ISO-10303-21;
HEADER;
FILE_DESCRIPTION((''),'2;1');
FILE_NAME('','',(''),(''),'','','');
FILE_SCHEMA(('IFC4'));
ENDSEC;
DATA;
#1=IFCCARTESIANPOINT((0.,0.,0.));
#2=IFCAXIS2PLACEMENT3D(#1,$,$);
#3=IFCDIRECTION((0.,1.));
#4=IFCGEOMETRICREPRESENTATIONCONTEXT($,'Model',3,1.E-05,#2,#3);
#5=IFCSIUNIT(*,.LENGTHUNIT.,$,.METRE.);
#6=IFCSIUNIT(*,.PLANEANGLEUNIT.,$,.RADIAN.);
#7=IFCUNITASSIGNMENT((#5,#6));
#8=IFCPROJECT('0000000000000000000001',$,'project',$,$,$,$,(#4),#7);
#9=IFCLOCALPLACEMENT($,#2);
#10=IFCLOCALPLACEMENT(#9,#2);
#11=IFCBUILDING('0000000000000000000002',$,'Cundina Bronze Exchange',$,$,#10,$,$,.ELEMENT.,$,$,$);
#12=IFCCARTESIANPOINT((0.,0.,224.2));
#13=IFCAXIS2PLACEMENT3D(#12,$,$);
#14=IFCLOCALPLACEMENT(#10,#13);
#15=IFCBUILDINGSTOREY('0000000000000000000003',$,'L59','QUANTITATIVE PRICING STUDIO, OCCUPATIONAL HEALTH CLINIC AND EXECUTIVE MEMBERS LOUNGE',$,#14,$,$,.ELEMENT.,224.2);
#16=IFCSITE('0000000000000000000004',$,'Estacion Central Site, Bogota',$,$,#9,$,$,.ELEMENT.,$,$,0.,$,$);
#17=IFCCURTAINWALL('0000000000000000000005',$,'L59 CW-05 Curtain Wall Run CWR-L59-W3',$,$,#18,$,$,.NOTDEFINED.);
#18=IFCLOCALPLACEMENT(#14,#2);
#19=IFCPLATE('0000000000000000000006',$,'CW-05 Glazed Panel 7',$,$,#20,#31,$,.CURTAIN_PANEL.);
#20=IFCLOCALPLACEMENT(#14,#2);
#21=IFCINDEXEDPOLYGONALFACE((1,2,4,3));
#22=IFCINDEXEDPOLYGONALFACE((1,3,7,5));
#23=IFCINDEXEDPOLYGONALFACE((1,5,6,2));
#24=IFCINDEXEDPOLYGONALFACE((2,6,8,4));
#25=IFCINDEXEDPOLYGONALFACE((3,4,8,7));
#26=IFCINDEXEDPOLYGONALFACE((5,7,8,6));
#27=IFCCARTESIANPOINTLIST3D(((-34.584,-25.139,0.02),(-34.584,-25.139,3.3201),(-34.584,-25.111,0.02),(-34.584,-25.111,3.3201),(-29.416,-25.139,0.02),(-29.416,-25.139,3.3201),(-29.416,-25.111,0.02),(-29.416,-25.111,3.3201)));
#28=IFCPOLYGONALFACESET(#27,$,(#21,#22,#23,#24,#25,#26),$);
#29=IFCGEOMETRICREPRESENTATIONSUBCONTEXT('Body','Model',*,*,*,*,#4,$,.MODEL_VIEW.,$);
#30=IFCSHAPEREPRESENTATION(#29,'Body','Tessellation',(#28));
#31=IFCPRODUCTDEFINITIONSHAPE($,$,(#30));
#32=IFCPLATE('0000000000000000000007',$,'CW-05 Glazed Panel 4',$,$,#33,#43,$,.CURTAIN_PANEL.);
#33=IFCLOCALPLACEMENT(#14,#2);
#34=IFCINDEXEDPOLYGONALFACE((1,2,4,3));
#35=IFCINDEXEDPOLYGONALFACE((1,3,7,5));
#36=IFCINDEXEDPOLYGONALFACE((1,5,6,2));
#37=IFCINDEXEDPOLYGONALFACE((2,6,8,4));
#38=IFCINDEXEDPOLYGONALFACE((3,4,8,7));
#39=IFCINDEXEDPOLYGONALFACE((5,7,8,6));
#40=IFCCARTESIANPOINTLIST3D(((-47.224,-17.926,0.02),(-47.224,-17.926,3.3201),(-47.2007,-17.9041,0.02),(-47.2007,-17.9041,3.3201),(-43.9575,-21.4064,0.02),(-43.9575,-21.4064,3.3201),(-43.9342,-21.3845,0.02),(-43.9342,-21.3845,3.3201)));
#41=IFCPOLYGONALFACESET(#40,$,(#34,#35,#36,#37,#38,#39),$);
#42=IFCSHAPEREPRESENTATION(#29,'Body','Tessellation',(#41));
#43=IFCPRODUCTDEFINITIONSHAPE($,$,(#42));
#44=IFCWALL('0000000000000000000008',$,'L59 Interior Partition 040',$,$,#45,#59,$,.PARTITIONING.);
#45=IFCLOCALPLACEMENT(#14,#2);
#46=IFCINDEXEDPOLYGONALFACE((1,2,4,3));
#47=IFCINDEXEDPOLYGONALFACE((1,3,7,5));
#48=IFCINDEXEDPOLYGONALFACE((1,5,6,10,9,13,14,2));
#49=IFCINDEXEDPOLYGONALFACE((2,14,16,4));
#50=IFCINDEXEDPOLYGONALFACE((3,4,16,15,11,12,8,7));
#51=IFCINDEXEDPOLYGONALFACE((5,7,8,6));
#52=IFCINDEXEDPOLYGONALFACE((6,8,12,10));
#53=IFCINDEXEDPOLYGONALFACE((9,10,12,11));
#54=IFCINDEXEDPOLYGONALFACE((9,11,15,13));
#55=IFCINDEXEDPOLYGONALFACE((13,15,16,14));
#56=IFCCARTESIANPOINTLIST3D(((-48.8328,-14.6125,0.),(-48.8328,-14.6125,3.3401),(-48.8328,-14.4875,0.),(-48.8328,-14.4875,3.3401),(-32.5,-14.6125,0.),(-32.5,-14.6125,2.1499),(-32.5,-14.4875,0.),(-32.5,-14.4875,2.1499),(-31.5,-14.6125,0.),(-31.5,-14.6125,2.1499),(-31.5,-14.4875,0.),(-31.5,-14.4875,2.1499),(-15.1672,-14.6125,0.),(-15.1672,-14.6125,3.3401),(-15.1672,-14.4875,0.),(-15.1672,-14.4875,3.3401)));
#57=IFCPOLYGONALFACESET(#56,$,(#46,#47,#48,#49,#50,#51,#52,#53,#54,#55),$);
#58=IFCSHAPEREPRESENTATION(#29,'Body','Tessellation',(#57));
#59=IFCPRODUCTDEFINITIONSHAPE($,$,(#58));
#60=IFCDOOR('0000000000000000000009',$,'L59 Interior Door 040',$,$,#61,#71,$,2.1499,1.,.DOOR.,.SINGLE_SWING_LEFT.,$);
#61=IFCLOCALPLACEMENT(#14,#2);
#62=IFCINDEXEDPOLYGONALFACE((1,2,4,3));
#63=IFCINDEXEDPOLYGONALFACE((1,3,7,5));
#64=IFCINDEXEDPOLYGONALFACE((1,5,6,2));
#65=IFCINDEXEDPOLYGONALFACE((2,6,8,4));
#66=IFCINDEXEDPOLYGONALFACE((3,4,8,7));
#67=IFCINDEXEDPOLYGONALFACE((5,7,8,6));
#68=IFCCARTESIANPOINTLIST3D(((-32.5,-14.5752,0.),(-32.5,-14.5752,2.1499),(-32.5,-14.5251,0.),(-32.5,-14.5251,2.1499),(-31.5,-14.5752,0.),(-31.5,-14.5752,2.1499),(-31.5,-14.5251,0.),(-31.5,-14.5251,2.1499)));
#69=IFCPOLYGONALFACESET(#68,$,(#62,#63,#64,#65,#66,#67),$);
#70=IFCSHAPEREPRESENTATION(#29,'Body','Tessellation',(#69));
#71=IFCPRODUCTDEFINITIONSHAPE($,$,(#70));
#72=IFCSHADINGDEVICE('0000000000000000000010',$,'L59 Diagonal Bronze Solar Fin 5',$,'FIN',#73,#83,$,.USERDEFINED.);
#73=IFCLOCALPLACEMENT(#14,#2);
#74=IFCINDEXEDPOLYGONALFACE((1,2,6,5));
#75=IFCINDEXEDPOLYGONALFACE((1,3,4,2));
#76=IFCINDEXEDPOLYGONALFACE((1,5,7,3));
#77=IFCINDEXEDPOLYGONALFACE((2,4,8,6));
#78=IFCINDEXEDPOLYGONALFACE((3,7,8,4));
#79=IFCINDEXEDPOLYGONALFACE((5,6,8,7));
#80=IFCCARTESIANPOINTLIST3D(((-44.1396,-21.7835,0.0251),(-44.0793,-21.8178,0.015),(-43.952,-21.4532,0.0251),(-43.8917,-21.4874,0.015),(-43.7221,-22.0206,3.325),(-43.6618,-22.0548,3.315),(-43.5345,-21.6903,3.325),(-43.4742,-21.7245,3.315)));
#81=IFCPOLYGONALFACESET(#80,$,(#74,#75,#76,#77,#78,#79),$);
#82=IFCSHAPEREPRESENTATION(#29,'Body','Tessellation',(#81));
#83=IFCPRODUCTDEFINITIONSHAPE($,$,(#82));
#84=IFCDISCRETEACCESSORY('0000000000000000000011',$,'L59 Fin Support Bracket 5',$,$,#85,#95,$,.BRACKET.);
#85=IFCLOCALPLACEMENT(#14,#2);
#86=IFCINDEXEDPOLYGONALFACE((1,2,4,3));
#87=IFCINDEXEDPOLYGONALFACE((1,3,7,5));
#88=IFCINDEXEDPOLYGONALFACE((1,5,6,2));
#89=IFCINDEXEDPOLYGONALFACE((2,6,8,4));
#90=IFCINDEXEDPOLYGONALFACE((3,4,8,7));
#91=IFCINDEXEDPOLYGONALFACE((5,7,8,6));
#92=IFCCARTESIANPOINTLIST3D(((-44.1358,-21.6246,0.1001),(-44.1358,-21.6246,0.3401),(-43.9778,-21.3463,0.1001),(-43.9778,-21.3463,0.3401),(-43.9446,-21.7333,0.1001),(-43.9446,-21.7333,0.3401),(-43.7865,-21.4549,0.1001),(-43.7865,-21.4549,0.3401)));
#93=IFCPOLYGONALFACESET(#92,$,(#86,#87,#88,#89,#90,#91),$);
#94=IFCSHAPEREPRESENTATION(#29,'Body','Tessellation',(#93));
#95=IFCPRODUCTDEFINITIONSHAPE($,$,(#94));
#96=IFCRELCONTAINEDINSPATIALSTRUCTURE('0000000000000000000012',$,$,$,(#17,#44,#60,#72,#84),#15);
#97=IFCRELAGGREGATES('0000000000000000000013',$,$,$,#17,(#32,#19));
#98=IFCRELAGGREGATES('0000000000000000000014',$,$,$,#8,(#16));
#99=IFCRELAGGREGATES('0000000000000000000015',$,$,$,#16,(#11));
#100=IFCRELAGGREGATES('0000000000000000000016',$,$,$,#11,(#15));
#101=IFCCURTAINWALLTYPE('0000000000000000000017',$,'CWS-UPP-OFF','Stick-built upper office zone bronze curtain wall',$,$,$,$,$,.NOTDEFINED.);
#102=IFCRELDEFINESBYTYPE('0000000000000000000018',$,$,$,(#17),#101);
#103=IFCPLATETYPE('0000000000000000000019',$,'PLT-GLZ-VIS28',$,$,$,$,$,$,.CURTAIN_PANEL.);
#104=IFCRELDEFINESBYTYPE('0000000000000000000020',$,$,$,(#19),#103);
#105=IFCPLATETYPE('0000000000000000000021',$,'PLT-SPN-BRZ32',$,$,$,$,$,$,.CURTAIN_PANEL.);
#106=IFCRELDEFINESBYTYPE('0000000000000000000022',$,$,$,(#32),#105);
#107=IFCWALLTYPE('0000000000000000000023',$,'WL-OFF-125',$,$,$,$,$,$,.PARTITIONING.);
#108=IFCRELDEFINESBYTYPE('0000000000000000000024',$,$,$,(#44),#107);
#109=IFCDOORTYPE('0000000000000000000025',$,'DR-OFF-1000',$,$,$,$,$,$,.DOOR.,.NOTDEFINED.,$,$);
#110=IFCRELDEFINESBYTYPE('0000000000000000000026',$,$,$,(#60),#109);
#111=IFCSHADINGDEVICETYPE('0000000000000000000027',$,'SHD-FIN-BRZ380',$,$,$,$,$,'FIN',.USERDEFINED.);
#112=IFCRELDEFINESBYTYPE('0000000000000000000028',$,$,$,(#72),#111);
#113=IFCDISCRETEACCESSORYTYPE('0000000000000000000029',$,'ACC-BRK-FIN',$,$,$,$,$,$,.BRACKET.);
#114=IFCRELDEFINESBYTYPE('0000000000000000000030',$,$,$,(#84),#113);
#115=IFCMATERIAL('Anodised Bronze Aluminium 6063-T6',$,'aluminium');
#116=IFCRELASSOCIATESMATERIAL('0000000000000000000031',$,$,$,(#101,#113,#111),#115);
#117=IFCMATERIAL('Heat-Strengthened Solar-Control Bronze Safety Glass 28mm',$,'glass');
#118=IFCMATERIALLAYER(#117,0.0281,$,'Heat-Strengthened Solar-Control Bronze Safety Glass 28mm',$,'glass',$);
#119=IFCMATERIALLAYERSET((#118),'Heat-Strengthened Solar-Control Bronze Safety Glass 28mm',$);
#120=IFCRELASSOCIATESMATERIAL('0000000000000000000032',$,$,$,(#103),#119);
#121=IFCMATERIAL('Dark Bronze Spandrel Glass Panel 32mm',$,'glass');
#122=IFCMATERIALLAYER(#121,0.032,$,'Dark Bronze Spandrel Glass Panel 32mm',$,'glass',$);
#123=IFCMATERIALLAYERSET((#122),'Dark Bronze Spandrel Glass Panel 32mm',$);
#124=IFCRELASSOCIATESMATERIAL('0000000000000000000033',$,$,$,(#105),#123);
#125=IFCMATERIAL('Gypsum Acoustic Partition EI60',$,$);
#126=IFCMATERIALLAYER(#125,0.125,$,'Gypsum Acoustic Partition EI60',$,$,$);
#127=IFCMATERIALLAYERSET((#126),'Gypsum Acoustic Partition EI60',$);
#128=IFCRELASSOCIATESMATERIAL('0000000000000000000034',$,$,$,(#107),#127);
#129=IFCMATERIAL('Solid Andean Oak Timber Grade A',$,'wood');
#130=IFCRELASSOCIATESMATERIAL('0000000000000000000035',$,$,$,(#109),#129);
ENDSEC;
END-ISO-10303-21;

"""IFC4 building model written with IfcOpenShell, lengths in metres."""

from ifc_helpers import new_model, si_unit, direction, frame, frame_2d, origin, origin_2d, place, context, subcontext, project, spatial, rectangle, extrude, material, layer, layer_set, material_profile, profile_set, type_object, element, fill, aggregate, save


model = new_model("IFC4")

# Units and contexts
model_context = context("Model", 3, precision=1e-05, world=origin(), true_north=direction((0.0, 1.0)))
body_context = subcontext(model_context, "Body", "Model", "MODEL_VIEW")
ifc_project = project(units=[si_unit("LENGTHUNIT", "METRE"), si_unit("PLANEANGLEUNIT", "RADIAN")], contexts=[model_context])

# Site, building, storey
site_placement = place(None, origin())
site = spatial("IfcSite", under=ifc_project, at=site_placement, Name="Estacion Central Site, Bogota", CompositionType="ELEMENT", RefElevation=0.0)
building_placement = place(site_placement, origin())
building = spatial("IfcBuilding", under=site, at=building_placement, Name="Cundina Bronze Exchange", CompositionType="ELEMENT")
storey_placement = place(building_placement, frame((0.0, 0.0, 224.2)))
storey = spatial("IfcBuildingStorey", under=building, at=storey_placement, Name="L59", Description="QUANTITATIVE PRICING STUDIO, OCCUPATIONAL HEALTH CLINIC AND EXECUTIVE MEMBERS LOUNGE", CompositionType="ELEMENT", Elevation=224.2)

# Curtain wall
ifc_material_1 = material(Name="Anodised Bronze Aluminium 6063-T6", Category="aluminium")
curtain_wall_type = type_object("IfcCurtainWallType", Name="CWS-UPP-OFF", Description="Stick-built upper office zone bronze curtain wall", PredefinedType="NOTDEFINED", material=ifc_material_1)
curtain_wall_1_placement = place(storey_placement, origin())
curtain_wall_1 = element("IfcCurtainWall", 1, at=curtain_wall_1_placement, inside=storey, type_object=curtain_wall_type, Name="L59 CW-05 Curtain Wall Run CWR-L59-W3", PredefinedType="NOTDEFINED")

# Plates
ifc_material_2 = material(Name="Heat-Strengthened Solar-Control Bronze Safety Glass 28mm", Category="glass")
ifc_layer_1 = layer(ifc_material_2, 0.0281, Name="Heat-Strengthened Solar-Control Bronze Safety Glass 28mm", Category="glass")
ifc_layer_set_1 = layer_set([ifc_layer_1], Name="Heat-Strengthened Solar-Control Bronze Safety Glass 28mm")
plate_type_1 = type_object("IfcPlateType", Name="PLT-GLZ-VIS28", PredefinedType="CURTAIN_PANEL", material=ifc_layer_set_1)
plate_1_placement = place(storey_placement, frame((-32.0, -25.125, 0.02), z_axis=(0.0, 0.0, 1.0), x_axis=(1.0, 0.0, 0.0)))
plate_1 = element("IfcPlate", 2, at=plate_1_placement, type_object=plate_type_1, Name="CW-05 Glazed Panel 7", PredefinedType="CURTAIN_PANEL", context=body_context, shape_type="SweptSolid", body=[
    extrude(rectangle(XDim=5.168, YDim=0.0281, at=origin_2d()), origin(), (0.0, 0.0, 1.0), 3.3),
])
ifc_material_3 = material(Name="Dark Bronze Spandrel Glass Panel 32mm", Category="glass")
ifc_layer_2 = layer(ifc_material_3, 0.032, Name="Dark Bronze Spandrel Glass Panel 32mm", Category="glass")
ifc_layer_set_2 = layer_set([ifc_layer_2], Name="Dark Bronze Spandrel Glass Panel 32mm")
plate_type_2 = type_object("IfcPlateType", Name="PLT-SPN-BRZ32", PredefinedType="CURTAIN_PANEL", material=ifc_layer_set_2)
plate_2_placement = place(storey_placement, frame((-45.5791, -19.6553, 0.02), z_axis=(0.0, 0.0, 1.0), x_axis=(0.684344, -0.72916, 0.0)))
plate_2 = element("IfcPlate", 3, at=plate_2_placement, type_object=plate_type_2, Name="CW-05 Glazed Panel 4", PredefinedType="CURTAIN_PANEL", context=body_context, shape_type="SweptSolid", body=[
    extrude(rectangle(XDim=4.7732, YDim=0.032, at=origin_2d()), origin(), (0.0, 0.0, 1.0), 3.3),
])
aggregate(curtain_wall_1, [plate_2, plate_1])

# Wall, opening, door
ifc_material_4 = material(Name="Gypsum Acoustic Partition EI60")
ifc_layer_3 = layer(ifc_material_4, 0.125, Name="Gypsum Acoustic Partition EI60")
ifc_layer_set_3 = layer_set([ifc_layer_3], Name="Gypsum Acoustic Partition EI60")
wall_type = type_object("IfcWallType", Name="WL-OFF-125", PredefinedType="PARTITIONING", material=ifc_layer_set_3)
wall_placement = place(storey_placement, frame((-48.8328, -14.55, 0.0), z_axis=(0.0, 0.0, 1.0), x_axis=(1.0, 0.0, 0.0)))
wall = element("IfcWall", 4, at=wall_placement, inside=storey, type_object=wall_type, Name="L59 Interior Partition 040", PredefinedType="PARTITIONING", context=body_context, shape_type="SweptSolid", body=[
    extrude(rectangle(XDim=33.6655, YDim=0.125, at=frame_2d((16.8328, 0.0))), origin(), (0.0, 0.0, 1.0), 3.3401),
])
opening_placement = place(wall_placement, frame((16.3328, 0.0, 0.0)))
opening = element("IfcOpeningElement", 5, at=opening_placement, cuts=wall, PredefinedType="OPENING", context=body_context, shape_type="SweptSolid", body=[
    extrude(rectangle(XDim=1.0, YDim=2.1499, at=frame_2d((0.5, 1.075))), frame((0.0, 0.0725, 0.0), z_axis=(0.0, -1.0, 0.0), x_axis=(1.0, 0.0, 0.0)), (0.0, 0.0, 1.0), 0.145),
])
ifc_material_5 = material(Name="Solid Andean Oak Timber Grade A", Category="wood")
door_type = type_object("IfcDoorType", Name="DR-OFF-1000", OperationType="NOTDEFINED", PredefinedType="DOOR", material=ifc_material_5)
door_placement = place(opening_placement, origin())
door = element("IfcDoor", 6, at=door_placement, inside=storey, type_object=door_type, Name="L59 Interior Door 040", OperationType="SINGLE_SWING_LEFT", OverallHeight=2.1499, OverallWidth=1.0, PredefinedType="DOOR", context=body_context, shape_type="SweptSolid", body=[
    extrude(rectangle(XDim=1.0, YDim=2.1499, at=frame_2d((0.5, 1.075))), frame((0.0, 0.0249, 0.0), z_axis=(0.0, -1.0, 0.0), x_axis=(1.0, 0.0, 0.0)), (0.0, 0.0, 1.0), 0.05),
])
fill(opening, door)

# Shading device
ifc_material_profile_1 = material_profile(ifc_material_1, rectangle(XDim=0.0701, YDim=0.3799, at=origin_2d()), Name="FIN70X380", Category="aluminium")
ifc_profile_set_1 = profile_set([ifc_material_profile_1], Name="Anodised Bronze Aluminium 6063-T6")
shading_device_type = type_object("IfcShadingDeviceType", Name="SHD-FIN-BRZ380", ElementType="FIN", PredefinedType="USERDEFINED", material=ifc_profile_set_1)
shading_device_placement = place(storey_placement, frame((-44.0156, -21.6355, 0.02), z_axis=(0.12519, -0.071087, 0.989583), x_axis=(-0.860527, 0.488638, 0.143965)))
element("IfcShadingDevice", 7, at=shading_device_placement, inside=storey, type_object=shading_device_type, Name="L59 Diagonal Bronze Solar Fin 5", ObjectType="FIN", PredefinedType="USERDEFINED", context=body_context, shape_type="SweptSolid", body=[
    extrude(rectangle(XDim=0.0701, YDim=0.3799, at=origin_2d()), origin(), (0.0, 0.0, 1.0), 3.3347),
])

# Discrete accessory
discrete_accessory_type = type_object("IfcDiscreteAccessoryType", Name="ACC-BRK-FIN", PredefinedType="BRACKET", material=ifc_material_1)
discrete_accessory_placement = place(storey_placement, frame((-43.9612, -21.5398, 0.1001), z_axis=(0.0, 0.0, 1.0), x_axis=(0.869573, -0.493805, 0.0)))
element("IfcDiscreteAccessory", 8, at=discrete_accessory_placement, inside=storey, type_object=discrete_accessory_type, Name="L59 Fin Support Bracket 5", PredefinedType="BRACKET", context=body_context, shape_type="SweptSolid", body=[
    extrude(rectangle(XDim=0.22, YDim=0.3201, at=origin_2d()), origin(), (0.0, 0.0, 1.0), 0.24),
])

save(model, "model.ifc")
